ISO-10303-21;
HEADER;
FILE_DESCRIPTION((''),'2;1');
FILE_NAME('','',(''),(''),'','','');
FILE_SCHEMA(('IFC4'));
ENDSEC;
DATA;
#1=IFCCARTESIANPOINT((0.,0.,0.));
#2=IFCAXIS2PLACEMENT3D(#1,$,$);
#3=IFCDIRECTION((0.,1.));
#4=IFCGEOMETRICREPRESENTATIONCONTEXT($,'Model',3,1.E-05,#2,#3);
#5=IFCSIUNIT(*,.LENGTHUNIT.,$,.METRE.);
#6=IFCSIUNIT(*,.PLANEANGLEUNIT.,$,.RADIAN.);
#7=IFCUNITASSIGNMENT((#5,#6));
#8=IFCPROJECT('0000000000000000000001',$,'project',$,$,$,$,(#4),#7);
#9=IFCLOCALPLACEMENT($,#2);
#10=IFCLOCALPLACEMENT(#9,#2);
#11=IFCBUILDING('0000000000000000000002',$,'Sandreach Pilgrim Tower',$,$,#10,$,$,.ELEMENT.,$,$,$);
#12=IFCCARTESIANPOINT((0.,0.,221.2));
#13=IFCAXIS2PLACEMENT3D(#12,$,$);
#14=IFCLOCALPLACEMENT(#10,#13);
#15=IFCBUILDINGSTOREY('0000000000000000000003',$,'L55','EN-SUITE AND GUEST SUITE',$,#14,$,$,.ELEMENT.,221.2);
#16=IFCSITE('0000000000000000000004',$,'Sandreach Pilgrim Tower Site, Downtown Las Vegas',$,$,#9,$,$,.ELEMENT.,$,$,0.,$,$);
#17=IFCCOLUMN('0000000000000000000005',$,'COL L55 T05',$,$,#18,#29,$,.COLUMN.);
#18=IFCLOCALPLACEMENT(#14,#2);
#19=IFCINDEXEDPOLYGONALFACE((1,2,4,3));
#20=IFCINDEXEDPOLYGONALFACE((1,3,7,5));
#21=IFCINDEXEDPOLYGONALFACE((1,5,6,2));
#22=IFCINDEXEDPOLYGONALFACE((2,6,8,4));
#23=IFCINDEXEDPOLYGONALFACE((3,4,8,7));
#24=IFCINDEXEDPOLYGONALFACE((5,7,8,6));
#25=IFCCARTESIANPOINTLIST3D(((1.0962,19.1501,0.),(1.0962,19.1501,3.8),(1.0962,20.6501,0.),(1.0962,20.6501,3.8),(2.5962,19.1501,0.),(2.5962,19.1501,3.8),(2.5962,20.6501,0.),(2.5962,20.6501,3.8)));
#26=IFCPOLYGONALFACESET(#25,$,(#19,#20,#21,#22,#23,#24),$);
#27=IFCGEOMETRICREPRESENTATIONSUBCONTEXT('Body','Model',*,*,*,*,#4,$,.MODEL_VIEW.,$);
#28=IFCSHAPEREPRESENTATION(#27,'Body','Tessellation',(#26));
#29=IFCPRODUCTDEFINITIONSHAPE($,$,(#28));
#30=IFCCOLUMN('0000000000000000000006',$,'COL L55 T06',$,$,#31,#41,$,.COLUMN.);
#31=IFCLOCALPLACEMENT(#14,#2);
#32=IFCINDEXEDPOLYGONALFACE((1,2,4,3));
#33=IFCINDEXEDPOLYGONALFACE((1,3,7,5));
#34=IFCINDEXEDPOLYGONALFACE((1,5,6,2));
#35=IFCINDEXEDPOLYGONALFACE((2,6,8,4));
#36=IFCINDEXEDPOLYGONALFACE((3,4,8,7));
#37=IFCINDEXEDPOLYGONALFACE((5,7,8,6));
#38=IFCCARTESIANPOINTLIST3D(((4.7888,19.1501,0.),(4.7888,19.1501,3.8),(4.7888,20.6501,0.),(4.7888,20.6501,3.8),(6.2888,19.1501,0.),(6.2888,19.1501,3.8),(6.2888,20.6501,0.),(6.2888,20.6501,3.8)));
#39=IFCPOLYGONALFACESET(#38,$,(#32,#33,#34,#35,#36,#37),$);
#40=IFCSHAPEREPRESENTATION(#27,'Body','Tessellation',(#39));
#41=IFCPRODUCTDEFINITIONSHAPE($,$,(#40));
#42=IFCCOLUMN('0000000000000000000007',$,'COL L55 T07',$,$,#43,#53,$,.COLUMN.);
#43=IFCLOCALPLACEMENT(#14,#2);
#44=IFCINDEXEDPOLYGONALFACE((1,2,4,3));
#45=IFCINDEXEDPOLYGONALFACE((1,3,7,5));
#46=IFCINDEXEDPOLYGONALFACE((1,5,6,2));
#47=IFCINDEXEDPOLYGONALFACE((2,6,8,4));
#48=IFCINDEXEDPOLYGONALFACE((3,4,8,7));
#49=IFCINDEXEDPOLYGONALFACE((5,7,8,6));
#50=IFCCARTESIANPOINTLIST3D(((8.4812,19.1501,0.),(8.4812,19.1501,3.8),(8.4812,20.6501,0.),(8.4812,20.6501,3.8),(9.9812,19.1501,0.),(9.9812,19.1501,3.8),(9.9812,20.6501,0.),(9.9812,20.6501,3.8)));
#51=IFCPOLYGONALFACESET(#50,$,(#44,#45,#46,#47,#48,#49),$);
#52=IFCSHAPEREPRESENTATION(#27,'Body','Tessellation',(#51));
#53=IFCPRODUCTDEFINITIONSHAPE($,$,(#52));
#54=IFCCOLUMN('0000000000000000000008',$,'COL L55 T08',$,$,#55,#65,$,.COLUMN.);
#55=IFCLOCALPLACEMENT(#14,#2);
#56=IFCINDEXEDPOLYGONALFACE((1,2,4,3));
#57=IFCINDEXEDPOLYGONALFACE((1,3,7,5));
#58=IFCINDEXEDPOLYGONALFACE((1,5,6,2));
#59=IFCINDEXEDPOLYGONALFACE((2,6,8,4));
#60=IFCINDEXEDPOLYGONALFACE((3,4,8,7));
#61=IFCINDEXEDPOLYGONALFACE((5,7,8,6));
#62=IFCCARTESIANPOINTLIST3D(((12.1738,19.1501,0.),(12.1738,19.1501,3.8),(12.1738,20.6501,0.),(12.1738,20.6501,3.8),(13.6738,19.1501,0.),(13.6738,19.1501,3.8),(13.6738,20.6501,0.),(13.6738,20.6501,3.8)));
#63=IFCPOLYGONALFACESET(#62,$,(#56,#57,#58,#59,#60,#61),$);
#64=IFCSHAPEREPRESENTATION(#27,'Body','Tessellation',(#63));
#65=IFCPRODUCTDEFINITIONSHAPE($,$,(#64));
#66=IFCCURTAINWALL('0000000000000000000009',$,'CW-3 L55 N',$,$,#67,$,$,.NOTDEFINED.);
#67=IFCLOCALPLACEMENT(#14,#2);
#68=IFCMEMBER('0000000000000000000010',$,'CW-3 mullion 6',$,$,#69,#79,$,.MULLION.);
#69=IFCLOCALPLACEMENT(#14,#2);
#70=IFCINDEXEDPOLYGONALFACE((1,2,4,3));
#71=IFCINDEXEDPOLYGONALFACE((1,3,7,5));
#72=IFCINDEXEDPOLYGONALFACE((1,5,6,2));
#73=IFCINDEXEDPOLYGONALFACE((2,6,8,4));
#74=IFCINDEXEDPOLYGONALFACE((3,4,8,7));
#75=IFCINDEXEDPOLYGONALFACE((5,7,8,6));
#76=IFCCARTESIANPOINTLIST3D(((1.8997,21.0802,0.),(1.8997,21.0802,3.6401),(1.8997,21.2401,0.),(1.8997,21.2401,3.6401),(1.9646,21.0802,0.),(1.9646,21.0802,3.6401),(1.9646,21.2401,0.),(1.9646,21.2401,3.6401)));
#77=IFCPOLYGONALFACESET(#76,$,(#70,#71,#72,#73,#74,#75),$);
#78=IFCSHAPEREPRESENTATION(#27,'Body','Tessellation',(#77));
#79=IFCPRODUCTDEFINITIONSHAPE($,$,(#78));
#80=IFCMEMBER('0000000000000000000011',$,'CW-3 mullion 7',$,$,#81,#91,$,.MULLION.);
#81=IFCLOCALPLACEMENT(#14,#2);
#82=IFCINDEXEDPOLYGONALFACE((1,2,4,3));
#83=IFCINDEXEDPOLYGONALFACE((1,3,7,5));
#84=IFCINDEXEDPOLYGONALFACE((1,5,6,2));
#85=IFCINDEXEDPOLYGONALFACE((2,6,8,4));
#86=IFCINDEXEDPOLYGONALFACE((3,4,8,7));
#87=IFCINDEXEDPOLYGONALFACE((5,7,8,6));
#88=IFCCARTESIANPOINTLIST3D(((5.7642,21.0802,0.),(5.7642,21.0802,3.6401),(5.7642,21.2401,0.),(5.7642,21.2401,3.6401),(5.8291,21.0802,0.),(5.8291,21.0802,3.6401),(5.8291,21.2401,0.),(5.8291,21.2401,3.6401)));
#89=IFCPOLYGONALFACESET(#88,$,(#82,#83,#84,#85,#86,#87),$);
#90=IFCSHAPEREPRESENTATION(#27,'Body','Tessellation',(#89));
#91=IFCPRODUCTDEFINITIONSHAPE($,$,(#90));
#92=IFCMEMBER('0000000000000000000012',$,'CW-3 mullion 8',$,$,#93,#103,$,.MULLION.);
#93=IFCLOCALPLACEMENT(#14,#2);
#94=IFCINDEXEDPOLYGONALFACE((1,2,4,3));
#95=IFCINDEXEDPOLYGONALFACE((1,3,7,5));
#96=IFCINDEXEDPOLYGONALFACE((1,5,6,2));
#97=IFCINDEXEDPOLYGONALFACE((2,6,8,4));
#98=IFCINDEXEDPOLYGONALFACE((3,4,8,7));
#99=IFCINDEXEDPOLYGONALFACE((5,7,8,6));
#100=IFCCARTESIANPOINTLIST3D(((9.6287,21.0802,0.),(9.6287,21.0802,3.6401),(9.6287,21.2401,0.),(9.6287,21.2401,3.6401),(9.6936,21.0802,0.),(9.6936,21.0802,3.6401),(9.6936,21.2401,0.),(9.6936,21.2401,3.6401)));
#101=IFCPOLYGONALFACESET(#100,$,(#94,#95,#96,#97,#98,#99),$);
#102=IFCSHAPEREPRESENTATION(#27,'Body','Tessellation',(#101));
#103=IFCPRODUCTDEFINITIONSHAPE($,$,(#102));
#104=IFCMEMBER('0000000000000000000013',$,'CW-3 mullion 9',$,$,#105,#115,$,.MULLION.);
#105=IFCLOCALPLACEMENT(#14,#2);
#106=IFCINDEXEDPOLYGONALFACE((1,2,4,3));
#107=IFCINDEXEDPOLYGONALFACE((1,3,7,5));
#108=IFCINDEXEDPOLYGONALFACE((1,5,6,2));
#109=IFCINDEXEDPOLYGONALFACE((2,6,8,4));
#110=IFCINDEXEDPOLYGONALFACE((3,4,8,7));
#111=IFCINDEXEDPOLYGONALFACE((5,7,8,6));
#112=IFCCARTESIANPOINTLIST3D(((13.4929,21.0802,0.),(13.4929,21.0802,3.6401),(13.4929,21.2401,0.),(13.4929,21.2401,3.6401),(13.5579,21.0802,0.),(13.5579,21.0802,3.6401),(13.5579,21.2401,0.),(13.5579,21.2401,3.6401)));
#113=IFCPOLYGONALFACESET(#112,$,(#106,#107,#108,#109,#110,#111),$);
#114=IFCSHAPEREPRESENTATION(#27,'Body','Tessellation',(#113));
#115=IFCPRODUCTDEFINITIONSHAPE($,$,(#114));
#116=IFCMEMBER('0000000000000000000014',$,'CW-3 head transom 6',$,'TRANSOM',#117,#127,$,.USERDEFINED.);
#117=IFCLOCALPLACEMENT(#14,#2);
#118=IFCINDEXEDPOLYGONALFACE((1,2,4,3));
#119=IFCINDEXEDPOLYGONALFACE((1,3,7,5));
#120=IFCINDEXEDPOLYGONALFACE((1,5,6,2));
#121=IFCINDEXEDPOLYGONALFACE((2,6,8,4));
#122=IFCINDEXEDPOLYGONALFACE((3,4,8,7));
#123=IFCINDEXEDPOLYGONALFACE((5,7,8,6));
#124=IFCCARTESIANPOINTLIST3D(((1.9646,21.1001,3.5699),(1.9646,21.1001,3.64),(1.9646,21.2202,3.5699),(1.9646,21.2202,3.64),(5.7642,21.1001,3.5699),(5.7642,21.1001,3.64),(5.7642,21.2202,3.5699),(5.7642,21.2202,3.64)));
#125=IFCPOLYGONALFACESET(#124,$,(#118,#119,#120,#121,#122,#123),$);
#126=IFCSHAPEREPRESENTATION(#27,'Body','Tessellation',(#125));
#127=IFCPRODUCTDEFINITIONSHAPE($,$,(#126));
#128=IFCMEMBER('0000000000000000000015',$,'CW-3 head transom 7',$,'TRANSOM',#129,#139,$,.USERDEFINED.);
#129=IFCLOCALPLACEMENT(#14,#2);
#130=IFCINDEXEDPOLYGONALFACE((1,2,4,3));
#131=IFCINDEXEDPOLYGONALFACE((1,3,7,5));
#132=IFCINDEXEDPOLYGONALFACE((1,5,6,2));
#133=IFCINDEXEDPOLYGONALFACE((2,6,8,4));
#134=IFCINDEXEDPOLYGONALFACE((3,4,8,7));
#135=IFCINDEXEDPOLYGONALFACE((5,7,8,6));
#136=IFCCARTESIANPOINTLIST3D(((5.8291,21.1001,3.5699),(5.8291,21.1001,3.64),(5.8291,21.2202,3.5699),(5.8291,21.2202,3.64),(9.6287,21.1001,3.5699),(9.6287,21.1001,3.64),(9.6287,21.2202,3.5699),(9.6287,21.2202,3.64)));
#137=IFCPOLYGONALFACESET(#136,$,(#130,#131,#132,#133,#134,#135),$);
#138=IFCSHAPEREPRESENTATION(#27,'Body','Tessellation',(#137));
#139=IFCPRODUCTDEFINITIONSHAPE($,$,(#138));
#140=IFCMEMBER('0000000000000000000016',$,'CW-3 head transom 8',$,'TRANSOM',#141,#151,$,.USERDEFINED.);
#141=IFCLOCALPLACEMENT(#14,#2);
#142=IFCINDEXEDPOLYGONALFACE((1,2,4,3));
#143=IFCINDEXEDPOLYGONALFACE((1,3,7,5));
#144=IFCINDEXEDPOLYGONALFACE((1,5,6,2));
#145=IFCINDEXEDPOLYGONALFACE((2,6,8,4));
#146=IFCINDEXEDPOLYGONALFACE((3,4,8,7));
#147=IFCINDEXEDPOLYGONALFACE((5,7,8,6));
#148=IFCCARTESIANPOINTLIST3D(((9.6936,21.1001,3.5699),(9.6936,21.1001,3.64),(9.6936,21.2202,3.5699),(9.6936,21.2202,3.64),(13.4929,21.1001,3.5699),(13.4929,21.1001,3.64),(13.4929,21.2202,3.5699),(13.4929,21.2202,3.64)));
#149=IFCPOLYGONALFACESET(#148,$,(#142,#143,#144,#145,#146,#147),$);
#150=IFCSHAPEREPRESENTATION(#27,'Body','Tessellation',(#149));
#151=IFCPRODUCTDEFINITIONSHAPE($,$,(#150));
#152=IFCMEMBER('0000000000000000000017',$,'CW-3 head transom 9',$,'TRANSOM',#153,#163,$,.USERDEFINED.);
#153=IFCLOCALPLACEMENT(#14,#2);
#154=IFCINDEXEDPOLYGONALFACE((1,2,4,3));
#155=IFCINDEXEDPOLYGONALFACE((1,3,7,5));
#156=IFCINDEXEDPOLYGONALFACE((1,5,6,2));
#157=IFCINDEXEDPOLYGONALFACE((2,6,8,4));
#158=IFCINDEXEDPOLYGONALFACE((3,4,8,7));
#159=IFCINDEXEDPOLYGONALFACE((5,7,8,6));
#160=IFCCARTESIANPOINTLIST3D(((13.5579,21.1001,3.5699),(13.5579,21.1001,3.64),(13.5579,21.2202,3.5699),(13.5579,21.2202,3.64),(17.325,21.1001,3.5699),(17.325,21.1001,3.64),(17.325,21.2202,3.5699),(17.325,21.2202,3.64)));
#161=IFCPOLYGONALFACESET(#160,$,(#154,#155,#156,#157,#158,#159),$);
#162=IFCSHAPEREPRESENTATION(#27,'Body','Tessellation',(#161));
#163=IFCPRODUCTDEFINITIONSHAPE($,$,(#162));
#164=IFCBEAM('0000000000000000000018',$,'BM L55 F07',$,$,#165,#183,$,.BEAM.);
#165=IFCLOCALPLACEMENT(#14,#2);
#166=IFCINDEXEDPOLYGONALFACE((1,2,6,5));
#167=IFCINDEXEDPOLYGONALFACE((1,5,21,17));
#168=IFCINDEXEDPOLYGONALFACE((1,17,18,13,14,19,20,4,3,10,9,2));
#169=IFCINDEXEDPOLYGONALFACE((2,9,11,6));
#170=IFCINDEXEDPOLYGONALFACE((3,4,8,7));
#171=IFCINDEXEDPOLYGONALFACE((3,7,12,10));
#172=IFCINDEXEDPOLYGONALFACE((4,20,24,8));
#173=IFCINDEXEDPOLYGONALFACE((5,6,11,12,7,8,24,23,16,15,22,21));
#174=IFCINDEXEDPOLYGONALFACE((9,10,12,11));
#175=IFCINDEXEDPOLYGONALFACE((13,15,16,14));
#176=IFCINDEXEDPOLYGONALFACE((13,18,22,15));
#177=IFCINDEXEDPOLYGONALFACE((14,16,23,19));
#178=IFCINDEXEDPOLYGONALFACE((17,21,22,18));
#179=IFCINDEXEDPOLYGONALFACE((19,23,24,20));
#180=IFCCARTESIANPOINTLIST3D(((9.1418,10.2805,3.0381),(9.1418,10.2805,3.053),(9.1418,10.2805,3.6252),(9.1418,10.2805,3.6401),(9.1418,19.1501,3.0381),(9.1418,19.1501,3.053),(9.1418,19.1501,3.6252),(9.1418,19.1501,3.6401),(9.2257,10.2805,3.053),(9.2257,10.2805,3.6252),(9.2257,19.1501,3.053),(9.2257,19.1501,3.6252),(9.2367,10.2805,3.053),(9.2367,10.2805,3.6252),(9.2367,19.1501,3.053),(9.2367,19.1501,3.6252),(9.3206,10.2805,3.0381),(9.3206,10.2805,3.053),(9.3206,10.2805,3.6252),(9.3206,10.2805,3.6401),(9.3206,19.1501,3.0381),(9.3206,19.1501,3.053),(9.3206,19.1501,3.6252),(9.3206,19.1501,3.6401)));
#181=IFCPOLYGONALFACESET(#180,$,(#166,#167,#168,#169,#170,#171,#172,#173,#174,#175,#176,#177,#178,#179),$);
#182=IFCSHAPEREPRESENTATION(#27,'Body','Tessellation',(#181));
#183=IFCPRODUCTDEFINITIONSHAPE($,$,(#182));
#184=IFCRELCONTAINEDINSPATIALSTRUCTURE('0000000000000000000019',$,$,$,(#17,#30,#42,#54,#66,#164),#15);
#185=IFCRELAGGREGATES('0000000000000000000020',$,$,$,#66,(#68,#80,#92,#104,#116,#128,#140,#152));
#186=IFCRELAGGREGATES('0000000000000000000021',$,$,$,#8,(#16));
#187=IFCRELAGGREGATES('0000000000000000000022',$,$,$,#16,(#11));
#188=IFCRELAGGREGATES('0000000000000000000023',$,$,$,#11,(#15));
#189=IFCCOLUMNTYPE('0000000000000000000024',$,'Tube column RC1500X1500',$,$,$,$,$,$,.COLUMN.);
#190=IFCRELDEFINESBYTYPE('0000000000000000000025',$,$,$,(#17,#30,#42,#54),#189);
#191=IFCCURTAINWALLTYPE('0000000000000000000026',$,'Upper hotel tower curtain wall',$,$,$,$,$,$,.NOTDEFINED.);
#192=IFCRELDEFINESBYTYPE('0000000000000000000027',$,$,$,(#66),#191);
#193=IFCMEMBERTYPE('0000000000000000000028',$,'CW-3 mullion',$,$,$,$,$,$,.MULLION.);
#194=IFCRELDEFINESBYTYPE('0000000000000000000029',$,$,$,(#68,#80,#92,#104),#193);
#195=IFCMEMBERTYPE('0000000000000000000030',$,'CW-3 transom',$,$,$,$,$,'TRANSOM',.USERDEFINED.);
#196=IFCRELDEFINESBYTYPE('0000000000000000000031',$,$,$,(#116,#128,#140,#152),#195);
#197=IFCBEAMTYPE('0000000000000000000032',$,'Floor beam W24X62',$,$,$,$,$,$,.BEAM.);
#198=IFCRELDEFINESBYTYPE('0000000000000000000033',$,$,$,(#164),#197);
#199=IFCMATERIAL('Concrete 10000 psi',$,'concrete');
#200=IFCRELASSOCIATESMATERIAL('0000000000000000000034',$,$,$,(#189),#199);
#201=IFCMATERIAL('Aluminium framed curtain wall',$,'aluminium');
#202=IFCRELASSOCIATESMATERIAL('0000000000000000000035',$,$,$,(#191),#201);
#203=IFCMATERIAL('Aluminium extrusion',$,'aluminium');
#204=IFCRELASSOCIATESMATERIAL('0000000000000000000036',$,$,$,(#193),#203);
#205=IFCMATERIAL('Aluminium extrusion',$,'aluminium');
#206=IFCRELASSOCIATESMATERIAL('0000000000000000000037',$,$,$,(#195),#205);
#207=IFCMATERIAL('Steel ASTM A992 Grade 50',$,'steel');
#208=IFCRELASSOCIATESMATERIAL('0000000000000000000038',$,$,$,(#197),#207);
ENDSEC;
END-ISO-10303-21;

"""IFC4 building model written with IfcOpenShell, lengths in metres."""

from ifc_helpers import new_model, si_unit, direction, frame, origin, origin_2d, place, context, subcontext, project, spatial, rectangle, i_section, extrude, material, material_profile, profile_set, type_object, element, aggregate, save


model = new_model("IFC4")

# Units and contexts
model_context = context("Model", 3, precision=1e-05, world=origin(), true_north=direction((0.0, 1.0)))
body_context = subcontext(model_context, "Body", "Model", "MODEL_VIEW")
ifc_project = project(units=[si_unit("LENGTHUNIT", "METRE"), si_unit("PLANEANGLEUNIT", "RADIAN")], contexts=[model_context])

# Site, building, storey
site_placement = place(None, origin())
site = spatial("IfcSite", under=ifc_project, at=site_placement, Name="Sandreach Pilgrim Tower Site, Downtown Las Vegas", CompositionType="ELEMENT", RefElevation=0.0)
building_placement = place(site_placement, origin())
building = spatial("IfcBuilding", under=site, at=building_placement, Name="Sandreach Pilgrim Tower", CompositionType="ELEMENT")
storey_placement = place(building_placement, frame((0.0, 0.0, 221.2)))
storey = spatial("IfcBuildingStorey", under=building, at=storey_placement, Name="L55", Description="EN-SUITE AND GUEST SUITE", CompositionType="ELEMENT", Elevation=221.2)

# Columns
ifc_material_1 = material(Name="Concrete 10000 psi", Category="concrete")
ifc_material_profile_1 = material_profile(ifc_material_1, rectangle(XDim=1.5, YDim=1.5, at=origin_2d()), Name="RC1500X1500")
ifc_profile_set_1 = profile_set([ifc_material_profile_1], Name="Concrete 10000 psi")
column_type = type_object("IfcColumnType", Name="Tube column RC1500X1500", PredefinedType="COLUMN", material=ifc_profile_set_1)
for number, where, z_axis, x_axis, name in (
    (1, (1.8462, 19.9001, 0.0), (0.0, 0.0, 1.0), (0.0, 1.0, 0.0), "COL L55 T05"),
    (2, (5.5388, 19.9001, 0.0), (0.0, 0.0, 1.0), (0.0, 1.0, 0.0), "COL L55 T06"),
    (3, (9.2312, 19.9001, 0.0), (0.0, 0.0, 1.0), (0.0, 1.0, 0.0), "COL L55 T07"),
    (4, (12.9238, 19.9001, 0.0), (0.0, 0.0, 1.0), (0.0, 1.0, 0.0), "COL L55 T08"),
):
    element("IfcColumn", number, at=place(storey_placement, frame(where, z_axis=z_axis, x_axis=x_axis)), inside=storey, type_object=column_type, Name=name, PredefinedType="COLUMN", context=body_context, shape_type="SweptSolid", body=[
        extrude(rectangle(XDim=1.5, YDim=1.5, at=origin_2d()), origin(), (0.0, 0.0, 1.0), 3.8),
    ])

# Curtain wall, members
ifc_material_2 = material(Name="Aluminium framed curtain wall", Category="aluminium")
curtain_wall_type = type_object("IfcCurtainWallType", Name="Upper hotel tower curtain wall", PredefinedType="NOTDEFINED", material=ifc_material_2)
curtain_wall_placement = place(storey_placement, origin())
curtain_wall = element("IfcCurtainWall", 5, at=curtain_wall_placement, inside=storey, type_object=curtain_wall_type, Name="CW-3 L55 N", PredefinedType="NOTDEFINED")
ifc_material_3 = material(Name="Aluminium extrusion", Category="aluminium")
ifc_material_profile_2 = material_profile(ifc_material_3, rectangle(XDim=0.0649, YDim=0.1599, at=origin_2d()), Name="CW-3M 65X160")
ifc_profile_set_2 = profile_set([ifc_material_profile_2], Name="Aluminium extrusion")
member_type_1 = type_object("IfcMemberType", Name="CW-3 mullion", PredefinedType="MULLION", material=ifc_profile_set_2)
member_1_placement = place(storey_placement, frame((1.9321, 21.1602, 0.0), z_axis=(0.0, 0.0, 1.0), x_axis=(1.0, 0.0, 0.0)))
member_1 = element("IfcMember", 6, at=member_1_placement, type_object=member_type_1, Name="CW-3 mullion 6", PredefinedType="MULLION", context=body_context, shape_type="SweptSolid", body=[
    extrude(rectangle(XDim=0.0649, YDim=0.1599, at=origin_2d()), origin(), (0.0, 0.0, 1.0), 3.6401),
])
member_2_placement = place(storey_placement, frame((5.7966, 21.1602, 0.0), z_axis=(0.0, 0.0, 1.0), x_axis=(1.0, 0.0, 0.0)))
member_2 = element("IfcMember", 7, at=member_2_placement, type_object=member_type_1, Name="CW-3 mullion 7", PredefinedType="MULLION", context=body_context, shape_type="SweptSolid", body=[
    extrude(rectangle(XDim=0.0649, YDim=0.1599, at=origin_2d()), origin(), (0.0, 0.0, 1.0), 3.6401),
])
member_3_placement = place(storey_placement, frame((9.6611, 21.1602, 0.0), z_axis=(0.0, 0.0, 1.0), x_axis=(1.0, 0.0, 0.0)))
member_3 = element("IfcMember", 8, at=member_3_placement, type_object=member_type_1, Name="CW-3 mullion 8", PredefinedType="MULLION", context=body_context, shape_type="SweptSolid", body=[
    extrude(rectangle(XDim=0.0649, YDim=0.1599, at=origin_2d()), origin(), (0.0, 0.0, 1.0), 3.6401),
])
member_4_placement = place(storey_placement, frame((13.5254, 21.1602, 0.0), z_axis=(0.0, 0.0, 1.0), x_axis=(1.0, 0.0, 0.0)))
member_4 = element("IfcMember", 9, at=member_4_placement, type_object=member_type_1, Name="CW-3 mullion 9", PredefinedType="MULLION", context=body_context, shape_type="SweptSolid", body=[
    extrude(rectangle(XDim=0.0649, YDim=0.1599, at=origin_2d()), origin(), (0.0, 0.0, 1.0), 3.6401),
])
ifc_material_4 = material(Name="Aluminium extrusion", Category="aluminium")
ifc_material_profile_3 = material_profile(ifc_material_4, rectangle(XDim=0.1201, YDim=0.0701, at=origin_2d()), Name="CW-3T 120X70")
ifc_profile_set_3 = profile_set([ifc_material_profile_3], Name="Aluminium extrusion")
member_type_2 = type_object("IfcMemberType", Name="CW-3 transom", ElementType="TRANSOM", PredefinedType="USERDEFINED", material=ifc_profile_set_3)
member_5_placement = place(storey_placement, frame((1.9646, 21.1602, 3.605), z_axis=(1.0, 0.0, 0.0), x_axis=(0.0, 1.0, 0.0)))
member_5 = element("IfcMember", 10, at=member_5_placement, type_object=member_type_2, Name="CW-3 head transom 6", ObjectType="TRANSOM", PredefinedType="USERDEFINED", context=body_context, shape_type="SweptSolid", body=[
    extrude(rectangle(XDim=0.1201, YDim=0.0701, at=origin_2d()), origin(), (0.0, 0.0, 1.0), 3.7996),
])
member_6_placement = place(storey_placement, frame((5.8291, 21.1602, 3.605), z_axis=(1.0, 0.0, 0.0), x_axis=(0.0, 1.0, 0.0)))
member_6 = element("IfcMember", 11, at=member_6_placement, type_object=member_type_2, Name="CW-3 head transom 7", ObjectType="TRANSOM", PredefinedType="USERDEFINED", context=body_context, shape_type="SweptSolid", body=[
    extrude(rectangle(XDim=0.1201, YDim=0.0701, at=origin_2d()), origin(), (0.0, 0.0, 1.0), 3.7996),
])
member_7_placement = place(storey_placement, frame((9.6936, 21.1602, 3.605), z_axis=(1.0, 0.0, 0.0), x_axis=(0.0, 1.0, 0.0)))
member_7 = element("IfcMember", 12, at=member_7_placement, type_object=member_type_2, Name="CW-3 head transom 8", ObjectType="TRANSOM", PredefinedType="USERDEFINED", context=body_context, shape_type="SweptSolid", body=[
    extrude(rectangle(XDim=0.1201, YDim=0.0701, at=origin_2d()), origin(), (0.0, 0.0, 1.0), 3.7993),
])
member_8_placement = place(storey_placement, frame((13.5579, 21.1602, 3.605), z_axis=(1.0, 0.0, 0.0), x_axis=(0.0, 1.0, 0.0)))
member_8 = element("IfcMember", 13, at=member_8_placement, type_object=member_type_2, Name="CW-3 head transom 9", ObjectType="TRANSOM", PredefinedType="USERDEFINED", context=body_context, shape_type="SweptSolid", body=[
    extrude(rectangle(XDim=0.1201, YDim=0.0701, at=origin_2d()), origin(), (0.0, 0.0, 1.0), 3.7671),
])

# Beam
ifc_material_5 = material(Name="Steel ASTM A992 Grade 50", Category="steel")
ifc_material_profile_4 = material_profile(ifc_material_5, i_section(OverallWidth=0.1787, OverallDepth=0.6021, WebThickness=0.011, FlangeThickness=0.0149, at=origin_2d()), Name="W24X62")
ifc_profile_set_4 = profile_set([ifc_material_profile_4], Name="Steel ASTM A992 Grade 50")
beam_type_1 = type_object("IfcBeamType", Name="Floor beam W24X62", PredefinedType="BEAM", material=ifc_profile_set_4)
beam_1_placement = place(storey_placement, frame((9.2312, 19.1501, 3.3391), z_axis=(0.0, -1.0, 0.0), x_axis=(1.0, 0.0, 0.0)))
element("IfcBeam", 14, at=beam_1_placement, inside=storey, type_object=beam_type_1, Name="BM L55 F07", PredefinedType="BEAM", context=body_context, shape_type="SweptSolid", body=[
    extrude(i_section(OverallWidth=0.1787, OverallDepth=0.6021, WebThickness=0.011, FlangeThickness=0.0149, at=origin_2d()), origin(), (0.0, 0.0, 1.0), 8.8696),
])

aggregate(curtain_wall, [member_1, member_2, member_3, member_4, member_5, member_6, member_7, member_8])

save(model, "model.ifc")
